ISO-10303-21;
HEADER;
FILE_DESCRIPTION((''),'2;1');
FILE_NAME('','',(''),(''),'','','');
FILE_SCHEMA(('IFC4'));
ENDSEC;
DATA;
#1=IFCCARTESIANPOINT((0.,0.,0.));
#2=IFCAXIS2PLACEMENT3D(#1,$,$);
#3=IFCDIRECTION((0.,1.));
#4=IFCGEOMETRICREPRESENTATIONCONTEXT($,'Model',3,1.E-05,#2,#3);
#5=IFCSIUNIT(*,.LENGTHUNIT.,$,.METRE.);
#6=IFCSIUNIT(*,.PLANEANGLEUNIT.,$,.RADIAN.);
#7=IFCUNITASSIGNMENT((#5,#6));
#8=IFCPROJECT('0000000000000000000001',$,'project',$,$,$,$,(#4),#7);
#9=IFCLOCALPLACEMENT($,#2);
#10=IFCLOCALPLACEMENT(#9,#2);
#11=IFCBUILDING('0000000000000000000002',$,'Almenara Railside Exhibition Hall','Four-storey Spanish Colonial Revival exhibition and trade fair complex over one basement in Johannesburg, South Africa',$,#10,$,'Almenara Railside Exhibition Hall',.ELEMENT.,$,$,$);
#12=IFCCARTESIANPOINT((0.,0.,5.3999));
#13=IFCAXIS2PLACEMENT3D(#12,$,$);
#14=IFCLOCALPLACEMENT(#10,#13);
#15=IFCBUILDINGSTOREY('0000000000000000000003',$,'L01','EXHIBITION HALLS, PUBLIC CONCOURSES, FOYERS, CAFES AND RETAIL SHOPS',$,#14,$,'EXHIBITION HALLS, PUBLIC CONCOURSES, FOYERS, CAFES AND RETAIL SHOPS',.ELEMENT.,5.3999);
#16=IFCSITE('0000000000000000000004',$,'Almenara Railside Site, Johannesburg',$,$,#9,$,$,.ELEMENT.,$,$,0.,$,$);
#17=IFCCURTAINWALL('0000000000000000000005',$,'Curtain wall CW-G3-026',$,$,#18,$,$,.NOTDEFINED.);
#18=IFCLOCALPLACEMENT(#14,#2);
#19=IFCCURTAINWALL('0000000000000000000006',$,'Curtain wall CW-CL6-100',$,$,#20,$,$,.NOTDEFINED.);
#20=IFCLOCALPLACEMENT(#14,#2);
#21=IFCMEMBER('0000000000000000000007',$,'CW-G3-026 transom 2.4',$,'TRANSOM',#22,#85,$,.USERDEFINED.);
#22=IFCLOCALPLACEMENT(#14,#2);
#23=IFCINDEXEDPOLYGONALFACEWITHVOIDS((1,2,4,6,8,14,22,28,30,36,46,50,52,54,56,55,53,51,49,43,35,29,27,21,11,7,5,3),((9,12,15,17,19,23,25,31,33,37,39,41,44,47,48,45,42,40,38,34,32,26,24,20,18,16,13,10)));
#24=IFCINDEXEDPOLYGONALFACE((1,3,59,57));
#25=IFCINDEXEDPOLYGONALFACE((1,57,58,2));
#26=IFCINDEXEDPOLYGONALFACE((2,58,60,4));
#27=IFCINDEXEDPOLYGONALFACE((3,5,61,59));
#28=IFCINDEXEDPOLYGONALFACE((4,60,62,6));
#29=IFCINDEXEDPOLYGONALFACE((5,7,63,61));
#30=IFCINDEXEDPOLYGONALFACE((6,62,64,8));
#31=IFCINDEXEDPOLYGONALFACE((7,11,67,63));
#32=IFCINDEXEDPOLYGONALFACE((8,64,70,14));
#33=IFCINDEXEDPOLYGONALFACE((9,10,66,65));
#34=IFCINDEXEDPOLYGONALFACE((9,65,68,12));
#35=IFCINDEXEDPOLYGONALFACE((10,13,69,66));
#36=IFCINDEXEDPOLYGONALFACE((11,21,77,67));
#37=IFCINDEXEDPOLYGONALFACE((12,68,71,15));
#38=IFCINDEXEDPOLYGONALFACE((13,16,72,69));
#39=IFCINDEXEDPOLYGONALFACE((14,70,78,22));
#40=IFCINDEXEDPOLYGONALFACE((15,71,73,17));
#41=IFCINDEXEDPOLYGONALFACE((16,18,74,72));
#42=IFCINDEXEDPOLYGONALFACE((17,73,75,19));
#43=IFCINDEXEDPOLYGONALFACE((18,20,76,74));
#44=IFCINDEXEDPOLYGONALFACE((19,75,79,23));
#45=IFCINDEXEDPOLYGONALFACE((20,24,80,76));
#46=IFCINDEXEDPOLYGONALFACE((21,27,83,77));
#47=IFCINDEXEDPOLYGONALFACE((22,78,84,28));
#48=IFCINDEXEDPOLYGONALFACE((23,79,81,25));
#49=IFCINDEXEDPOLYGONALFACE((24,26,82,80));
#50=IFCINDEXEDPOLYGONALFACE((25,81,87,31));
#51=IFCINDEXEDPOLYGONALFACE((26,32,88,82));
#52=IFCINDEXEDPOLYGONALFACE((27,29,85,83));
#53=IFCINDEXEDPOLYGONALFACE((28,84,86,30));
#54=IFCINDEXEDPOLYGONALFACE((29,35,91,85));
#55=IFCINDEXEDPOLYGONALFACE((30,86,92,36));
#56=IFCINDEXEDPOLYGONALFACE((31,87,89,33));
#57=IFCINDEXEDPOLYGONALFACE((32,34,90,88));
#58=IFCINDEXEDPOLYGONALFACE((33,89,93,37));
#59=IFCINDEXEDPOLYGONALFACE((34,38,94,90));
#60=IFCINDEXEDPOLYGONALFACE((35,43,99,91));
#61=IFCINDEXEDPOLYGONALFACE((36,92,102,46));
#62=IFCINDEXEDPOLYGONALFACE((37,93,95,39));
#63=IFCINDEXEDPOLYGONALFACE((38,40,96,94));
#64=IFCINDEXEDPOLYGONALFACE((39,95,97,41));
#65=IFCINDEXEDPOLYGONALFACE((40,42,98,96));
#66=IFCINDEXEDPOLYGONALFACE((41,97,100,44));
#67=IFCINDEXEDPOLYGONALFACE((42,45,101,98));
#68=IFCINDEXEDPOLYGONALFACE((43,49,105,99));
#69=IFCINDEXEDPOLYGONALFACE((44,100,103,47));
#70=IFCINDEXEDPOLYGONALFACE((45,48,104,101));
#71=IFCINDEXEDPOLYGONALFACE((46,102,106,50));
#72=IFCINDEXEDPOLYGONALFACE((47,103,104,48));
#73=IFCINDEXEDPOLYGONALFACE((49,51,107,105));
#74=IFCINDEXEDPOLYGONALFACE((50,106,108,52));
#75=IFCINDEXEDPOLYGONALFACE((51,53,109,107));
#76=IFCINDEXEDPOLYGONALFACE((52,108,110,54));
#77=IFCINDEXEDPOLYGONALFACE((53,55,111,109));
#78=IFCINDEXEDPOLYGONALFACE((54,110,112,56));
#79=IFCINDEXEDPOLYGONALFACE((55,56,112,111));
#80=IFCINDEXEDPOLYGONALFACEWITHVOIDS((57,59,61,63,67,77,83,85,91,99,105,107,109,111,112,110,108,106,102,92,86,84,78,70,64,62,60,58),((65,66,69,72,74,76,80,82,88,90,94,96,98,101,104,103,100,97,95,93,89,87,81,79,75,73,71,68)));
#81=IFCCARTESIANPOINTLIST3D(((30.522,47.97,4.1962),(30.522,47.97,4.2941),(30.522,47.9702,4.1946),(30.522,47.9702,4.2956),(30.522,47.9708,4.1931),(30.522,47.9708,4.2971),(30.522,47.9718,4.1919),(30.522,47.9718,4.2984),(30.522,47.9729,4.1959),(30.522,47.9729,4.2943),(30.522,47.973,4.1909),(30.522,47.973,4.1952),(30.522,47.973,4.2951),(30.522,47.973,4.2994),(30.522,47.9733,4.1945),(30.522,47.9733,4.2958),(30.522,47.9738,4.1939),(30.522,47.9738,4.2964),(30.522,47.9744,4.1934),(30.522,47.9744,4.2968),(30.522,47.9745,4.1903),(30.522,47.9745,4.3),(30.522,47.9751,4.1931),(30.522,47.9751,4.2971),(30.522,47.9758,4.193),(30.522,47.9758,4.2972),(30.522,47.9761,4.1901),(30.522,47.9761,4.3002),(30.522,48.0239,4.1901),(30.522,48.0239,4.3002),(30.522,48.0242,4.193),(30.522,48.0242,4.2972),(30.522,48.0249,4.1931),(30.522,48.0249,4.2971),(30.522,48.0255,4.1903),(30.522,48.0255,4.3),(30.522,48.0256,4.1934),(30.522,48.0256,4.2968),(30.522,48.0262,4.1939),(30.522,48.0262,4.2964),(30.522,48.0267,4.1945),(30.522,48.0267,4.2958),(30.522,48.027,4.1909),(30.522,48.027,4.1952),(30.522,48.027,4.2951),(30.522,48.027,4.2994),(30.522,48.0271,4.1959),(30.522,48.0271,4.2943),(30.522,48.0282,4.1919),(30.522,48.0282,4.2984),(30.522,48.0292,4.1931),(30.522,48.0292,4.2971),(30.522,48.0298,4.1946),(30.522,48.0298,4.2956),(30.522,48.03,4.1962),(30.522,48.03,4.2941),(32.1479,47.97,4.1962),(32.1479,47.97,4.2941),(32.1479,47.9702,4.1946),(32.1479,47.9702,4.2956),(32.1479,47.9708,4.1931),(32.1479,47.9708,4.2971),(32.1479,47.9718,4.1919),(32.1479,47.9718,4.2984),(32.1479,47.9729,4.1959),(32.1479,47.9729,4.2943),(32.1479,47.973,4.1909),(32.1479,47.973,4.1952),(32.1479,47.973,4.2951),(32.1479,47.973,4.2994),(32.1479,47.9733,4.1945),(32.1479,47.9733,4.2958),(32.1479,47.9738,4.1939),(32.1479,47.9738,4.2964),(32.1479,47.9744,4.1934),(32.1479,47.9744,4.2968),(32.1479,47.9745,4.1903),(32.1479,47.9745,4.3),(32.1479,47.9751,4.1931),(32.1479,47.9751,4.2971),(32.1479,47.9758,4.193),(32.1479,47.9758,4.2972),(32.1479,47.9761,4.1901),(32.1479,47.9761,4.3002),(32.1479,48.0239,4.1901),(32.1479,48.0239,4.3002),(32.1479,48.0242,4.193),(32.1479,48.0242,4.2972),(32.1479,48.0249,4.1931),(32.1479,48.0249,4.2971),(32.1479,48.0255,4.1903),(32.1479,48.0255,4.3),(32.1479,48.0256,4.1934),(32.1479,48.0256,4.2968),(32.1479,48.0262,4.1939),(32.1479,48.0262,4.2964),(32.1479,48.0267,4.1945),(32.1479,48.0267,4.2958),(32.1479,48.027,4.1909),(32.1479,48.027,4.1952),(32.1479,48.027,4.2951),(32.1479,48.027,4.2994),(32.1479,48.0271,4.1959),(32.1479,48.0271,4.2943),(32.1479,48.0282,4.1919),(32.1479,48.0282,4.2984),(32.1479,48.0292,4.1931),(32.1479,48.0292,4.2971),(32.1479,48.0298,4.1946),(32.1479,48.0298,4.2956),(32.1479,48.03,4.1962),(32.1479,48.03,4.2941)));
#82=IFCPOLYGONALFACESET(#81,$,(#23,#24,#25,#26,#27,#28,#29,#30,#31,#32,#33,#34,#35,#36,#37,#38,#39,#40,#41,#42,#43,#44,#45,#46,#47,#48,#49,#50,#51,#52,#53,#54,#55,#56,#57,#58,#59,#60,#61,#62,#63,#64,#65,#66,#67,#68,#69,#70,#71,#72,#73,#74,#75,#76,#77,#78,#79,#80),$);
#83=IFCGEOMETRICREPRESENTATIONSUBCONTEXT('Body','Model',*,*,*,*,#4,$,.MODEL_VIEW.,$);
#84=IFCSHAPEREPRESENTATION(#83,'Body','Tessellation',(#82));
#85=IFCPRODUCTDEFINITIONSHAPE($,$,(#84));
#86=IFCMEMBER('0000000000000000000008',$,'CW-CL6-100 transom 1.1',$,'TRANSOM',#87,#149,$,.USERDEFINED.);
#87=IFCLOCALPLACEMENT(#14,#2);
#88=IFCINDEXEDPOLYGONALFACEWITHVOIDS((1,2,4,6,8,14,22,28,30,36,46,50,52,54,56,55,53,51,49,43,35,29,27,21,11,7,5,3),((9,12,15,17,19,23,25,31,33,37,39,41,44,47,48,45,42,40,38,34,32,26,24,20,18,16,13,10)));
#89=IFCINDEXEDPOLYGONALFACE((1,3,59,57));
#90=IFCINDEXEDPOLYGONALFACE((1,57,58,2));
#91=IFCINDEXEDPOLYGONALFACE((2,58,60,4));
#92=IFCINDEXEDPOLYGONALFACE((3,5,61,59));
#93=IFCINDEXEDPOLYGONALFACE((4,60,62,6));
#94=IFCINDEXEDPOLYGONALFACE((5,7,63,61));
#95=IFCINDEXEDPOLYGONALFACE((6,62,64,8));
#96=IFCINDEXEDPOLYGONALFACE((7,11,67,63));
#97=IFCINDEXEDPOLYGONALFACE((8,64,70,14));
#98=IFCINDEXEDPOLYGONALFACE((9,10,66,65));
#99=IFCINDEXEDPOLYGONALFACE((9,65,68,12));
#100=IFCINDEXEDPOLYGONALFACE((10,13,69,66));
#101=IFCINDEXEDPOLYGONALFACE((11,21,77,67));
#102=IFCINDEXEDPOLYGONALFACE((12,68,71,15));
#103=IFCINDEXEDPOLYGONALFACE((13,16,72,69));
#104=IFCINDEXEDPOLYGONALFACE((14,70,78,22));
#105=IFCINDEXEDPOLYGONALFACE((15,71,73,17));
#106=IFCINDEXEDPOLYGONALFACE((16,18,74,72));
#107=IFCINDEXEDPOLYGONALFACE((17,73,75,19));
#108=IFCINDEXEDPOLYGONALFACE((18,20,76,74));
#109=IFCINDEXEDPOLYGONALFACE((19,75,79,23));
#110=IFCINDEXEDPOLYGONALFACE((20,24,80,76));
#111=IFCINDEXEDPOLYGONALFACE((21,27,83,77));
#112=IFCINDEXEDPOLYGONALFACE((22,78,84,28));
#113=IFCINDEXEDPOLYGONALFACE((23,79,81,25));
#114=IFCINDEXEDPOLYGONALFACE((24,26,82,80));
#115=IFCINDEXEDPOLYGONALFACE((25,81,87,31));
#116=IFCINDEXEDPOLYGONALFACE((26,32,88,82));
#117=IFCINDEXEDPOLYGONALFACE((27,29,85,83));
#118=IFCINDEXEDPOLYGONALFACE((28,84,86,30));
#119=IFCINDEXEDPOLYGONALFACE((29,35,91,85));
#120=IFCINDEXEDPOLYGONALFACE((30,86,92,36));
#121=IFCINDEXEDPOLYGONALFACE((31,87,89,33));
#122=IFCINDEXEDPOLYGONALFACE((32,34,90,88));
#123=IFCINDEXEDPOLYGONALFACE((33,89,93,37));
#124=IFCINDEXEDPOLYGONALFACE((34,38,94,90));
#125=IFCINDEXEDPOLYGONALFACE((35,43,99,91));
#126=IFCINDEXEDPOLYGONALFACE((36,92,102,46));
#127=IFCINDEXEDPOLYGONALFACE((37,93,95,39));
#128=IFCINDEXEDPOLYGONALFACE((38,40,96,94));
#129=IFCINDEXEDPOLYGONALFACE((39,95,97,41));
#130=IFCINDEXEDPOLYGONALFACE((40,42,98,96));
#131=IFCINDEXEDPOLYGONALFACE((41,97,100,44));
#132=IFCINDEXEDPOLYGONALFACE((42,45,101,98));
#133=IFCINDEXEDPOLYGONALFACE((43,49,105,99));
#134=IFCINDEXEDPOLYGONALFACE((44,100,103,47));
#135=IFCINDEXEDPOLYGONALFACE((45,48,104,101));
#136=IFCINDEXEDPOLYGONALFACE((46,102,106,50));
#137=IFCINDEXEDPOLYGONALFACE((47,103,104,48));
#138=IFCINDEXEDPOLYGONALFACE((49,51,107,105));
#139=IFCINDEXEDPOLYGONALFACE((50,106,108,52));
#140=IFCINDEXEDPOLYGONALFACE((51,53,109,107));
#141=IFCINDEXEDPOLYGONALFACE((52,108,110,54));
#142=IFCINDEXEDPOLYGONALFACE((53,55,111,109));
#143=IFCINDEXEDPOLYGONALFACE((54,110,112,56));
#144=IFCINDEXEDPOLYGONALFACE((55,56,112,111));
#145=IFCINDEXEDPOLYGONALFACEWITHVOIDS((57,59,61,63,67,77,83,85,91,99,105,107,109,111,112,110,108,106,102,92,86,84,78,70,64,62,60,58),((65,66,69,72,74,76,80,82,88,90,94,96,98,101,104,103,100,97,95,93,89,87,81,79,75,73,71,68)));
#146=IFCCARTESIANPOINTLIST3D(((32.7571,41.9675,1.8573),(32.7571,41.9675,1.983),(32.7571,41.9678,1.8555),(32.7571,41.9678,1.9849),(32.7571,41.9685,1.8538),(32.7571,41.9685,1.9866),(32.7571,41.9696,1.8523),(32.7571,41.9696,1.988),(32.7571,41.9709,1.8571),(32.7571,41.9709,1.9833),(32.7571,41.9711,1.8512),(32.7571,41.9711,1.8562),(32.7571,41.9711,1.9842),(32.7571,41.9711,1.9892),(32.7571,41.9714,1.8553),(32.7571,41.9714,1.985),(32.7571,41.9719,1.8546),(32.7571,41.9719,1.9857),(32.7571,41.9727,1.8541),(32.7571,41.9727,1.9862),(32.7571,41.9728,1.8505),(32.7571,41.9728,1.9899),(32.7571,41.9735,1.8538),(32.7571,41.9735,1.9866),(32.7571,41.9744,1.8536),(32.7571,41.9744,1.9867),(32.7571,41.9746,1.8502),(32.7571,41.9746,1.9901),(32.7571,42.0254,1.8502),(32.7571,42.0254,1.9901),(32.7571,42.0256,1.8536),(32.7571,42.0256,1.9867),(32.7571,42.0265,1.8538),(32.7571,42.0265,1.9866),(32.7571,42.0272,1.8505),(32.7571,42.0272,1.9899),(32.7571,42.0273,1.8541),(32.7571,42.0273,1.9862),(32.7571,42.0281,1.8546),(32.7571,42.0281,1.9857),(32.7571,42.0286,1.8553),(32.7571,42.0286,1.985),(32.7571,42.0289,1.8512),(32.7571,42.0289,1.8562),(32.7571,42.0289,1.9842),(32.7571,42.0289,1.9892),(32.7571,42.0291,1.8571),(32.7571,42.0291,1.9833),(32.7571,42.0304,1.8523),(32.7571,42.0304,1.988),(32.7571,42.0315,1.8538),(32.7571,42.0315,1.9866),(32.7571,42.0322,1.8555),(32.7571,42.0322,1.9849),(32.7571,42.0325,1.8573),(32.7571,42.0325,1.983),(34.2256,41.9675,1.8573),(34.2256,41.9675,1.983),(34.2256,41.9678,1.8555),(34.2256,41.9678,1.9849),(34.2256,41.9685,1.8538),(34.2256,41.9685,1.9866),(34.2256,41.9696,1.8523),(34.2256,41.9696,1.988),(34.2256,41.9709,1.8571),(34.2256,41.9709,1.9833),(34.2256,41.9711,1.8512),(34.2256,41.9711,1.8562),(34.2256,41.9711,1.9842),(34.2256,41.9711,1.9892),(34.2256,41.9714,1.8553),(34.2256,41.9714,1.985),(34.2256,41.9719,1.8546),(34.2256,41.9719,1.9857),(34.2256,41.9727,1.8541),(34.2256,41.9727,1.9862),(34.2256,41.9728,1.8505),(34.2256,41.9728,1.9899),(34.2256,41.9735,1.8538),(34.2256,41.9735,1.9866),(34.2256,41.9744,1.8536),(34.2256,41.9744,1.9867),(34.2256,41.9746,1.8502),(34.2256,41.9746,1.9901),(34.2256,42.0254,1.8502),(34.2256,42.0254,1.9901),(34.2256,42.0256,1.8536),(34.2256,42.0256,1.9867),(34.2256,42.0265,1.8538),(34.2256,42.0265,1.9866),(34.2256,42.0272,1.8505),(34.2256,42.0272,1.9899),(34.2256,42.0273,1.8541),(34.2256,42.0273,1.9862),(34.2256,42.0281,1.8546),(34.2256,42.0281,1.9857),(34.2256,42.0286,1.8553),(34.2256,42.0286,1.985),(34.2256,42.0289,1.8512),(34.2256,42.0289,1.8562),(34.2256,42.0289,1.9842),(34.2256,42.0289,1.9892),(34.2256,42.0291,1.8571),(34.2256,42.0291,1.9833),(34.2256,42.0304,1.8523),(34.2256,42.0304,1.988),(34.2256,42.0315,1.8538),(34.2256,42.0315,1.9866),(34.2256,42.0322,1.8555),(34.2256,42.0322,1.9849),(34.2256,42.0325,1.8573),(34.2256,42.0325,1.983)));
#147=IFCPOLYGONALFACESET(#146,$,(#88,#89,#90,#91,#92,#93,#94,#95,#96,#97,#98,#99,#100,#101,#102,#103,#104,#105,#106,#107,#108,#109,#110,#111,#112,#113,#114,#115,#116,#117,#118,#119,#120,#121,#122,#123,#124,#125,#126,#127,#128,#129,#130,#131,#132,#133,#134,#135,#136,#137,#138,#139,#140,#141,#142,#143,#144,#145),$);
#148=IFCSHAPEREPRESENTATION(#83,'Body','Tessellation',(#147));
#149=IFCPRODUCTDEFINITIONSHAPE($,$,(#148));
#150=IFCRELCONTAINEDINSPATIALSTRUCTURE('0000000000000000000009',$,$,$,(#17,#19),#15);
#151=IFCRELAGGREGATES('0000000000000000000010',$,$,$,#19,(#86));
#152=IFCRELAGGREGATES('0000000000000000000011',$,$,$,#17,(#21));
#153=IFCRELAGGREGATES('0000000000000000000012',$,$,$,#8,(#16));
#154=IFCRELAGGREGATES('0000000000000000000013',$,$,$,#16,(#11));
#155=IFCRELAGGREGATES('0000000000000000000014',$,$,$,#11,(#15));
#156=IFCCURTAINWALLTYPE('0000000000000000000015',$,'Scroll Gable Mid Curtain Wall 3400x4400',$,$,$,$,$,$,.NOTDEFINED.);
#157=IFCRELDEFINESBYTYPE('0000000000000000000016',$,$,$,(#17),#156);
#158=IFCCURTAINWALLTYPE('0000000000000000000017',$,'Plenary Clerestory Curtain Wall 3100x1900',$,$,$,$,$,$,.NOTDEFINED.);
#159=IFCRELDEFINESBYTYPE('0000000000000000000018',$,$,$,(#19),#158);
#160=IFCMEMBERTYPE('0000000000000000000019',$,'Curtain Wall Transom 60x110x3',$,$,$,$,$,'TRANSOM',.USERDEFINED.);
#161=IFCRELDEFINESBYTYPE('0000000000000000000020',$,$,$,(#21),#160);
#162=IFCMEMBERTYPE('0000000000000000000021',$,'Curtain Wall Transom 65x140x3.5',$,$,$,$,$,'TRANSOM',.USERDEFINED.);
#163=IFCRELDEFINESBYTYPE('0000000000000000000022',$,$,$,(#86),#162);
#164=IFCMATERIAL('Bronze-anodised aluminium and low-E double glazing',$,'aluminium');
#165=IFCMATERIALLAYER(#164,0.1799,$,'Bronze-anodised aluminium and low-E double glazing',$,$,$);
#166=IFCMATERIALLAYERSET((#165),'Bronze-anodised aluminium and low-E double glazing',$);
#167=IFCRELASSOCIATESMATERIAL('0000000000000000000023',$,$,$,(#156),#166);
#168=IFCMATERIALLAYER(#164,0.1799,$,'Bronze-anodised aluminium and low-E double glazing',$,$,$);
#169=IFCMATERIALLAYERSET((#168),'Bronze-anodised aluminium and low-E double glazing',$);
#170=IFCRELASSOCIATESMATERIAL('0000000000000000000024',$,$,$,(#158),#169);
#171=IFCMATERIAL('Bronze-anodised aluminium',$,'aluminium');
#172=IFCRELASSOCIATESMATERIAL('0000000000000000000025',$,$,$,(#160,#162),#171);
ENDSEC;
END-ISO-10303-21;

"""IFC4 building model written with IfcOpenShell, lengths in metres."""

from ifc_helpers import new_model, si_unit, direction, frame, origin, origin_2d, place, context, subcontext, project, spatial, hollow_rectangle, extrude, material, layer, layer_set, material_profile, profile_set, type_object, element, aggregate, save


model = new_model("IFC4")

# Units and contexts
model_context = context("Model", 3, precision=1e-05, world=origin(), true_north=direction((0.0, 1.0)))
body_context = subcontext(model_context, "Body", "Model", "MODEL_VIEW")
ifc_project = project(units=[si_unit("LENGTHUNIT", "METRE"), si_unit("PLANEANGLEUNIT", "RADIAN")], contexts=[model_context])

# Site, building, storey
site_placement = place(None, origin())
site = spatial("IfcSite", under=ifc_project, at=site_placement, Name="Almenara Railside Site, Johannesburg", CompositionType="ELEMENT", RefElevation=0.0)
building_placement = place(site_placement, origin())
building = spatial("IfcBuilding", under=site, at=building_placement, Name="Almenara Railside Exhibition Hall", Description="Four-storey Spanish Colonial Revival exhibition and trade fair complex over one basement in Johannesburg, South Africa", LongName="Almenara Railside Exhibition Hall", CompositionType="ELEMENT")
storey_placement = place(building_placement, frame((0.0, 0.0, 5.3999)))
storey = spatial("IfcBuildingStorey", under=building, at=storey_placement, Name="L01", Description="EXHIBITION HALLS, PUBLIC CONCOURSES, FOYERS, CAFES AND RETAIL SHOPS", LongName="EXHIBITION HALLS, PUBLIC CONCOURSES, FOYERS, CAFES AND RETAIL SHOPS", CompositionType="ELEMENT", Elevation=5.3999)

# Shared definitions
ifc_material_1 = material(Name="Bronze-anodised aluminium and low-E double glazing", Category="aluminium")
ifc_layer_1 = layer(ifc_material_1, 0.1799, Name="Bronze-anodised aluminium and low-E double glazing")
ifc_layer_set_1 = layer_set([ifc_layer_1], Name="Bronze-anodised aluminium and low-E double glazing")
curtain_wall_type_1 = type_object("IfcCurtainWallType", Name="Scroll Gable Mid Curtain Wall 3400x4400", PredefinedType="NOTDEFINED", material=ifc_layer_set_1)
ifc_material_2 = material(Name="Bronze-anodised aluminium", Category="aluminium")

# Curtain walls
curtain_wall_1_placement = place(storey_placement, origin())
curtain_wall_1 = element("IfcCurtainWall", 1, at=curtain_wall_1_placement, inside=storey, type_object=curtain_wall_type_1, Name="Curtain wall CW-G3-026", PredefinedType="NOTDEFINED")
ifc_layer_2 = layer(ifc_material_1, 0.1799, Name="Bronze-anodised aluminium and low-E double glazing")
ifc_layer_set_2 = layer_set([ifc_layer_2], Name="Bronze-anodised aluminium and low-E double glazing")
curtain_wall_type_2 = type_object("IfcCurtainWallType", Name="Plenary Clerestory Curtain Wall 3100x1900", PredefinedType="NOTDEFINED", material=ifc_layer_set_2)
curtain_wall_2_placement = place(storey_placement, origin())
curtain_wall_2 = element("IfcCurtainWall", 2, at=curtain_wall_2_placement, inside=storey, type_object=curtain_wall_type_2, Name="Curtain wall CW-CL6-100", PredefinedType="NOTDEFINED")

# Members
ifc_material_profile_1 = material_profile(ifc_material_2, hollow_rectangle(XDim=0.0601, YDim=0.1101, WallThickness=0.0029, InnerFilletRadius=0.0029, OuterFilletRadius=0.0061, at=origin_2d()), Name="ALU-TRN 60x110x3")
ifc_profile_set_1 = profile_set([ifc_material_profile_1], Name="Bronze-anodised aluminium")
member_type_1 = type_object("IfcMemberType", Name="Curtain Wall Transom 60x110x3", ElementType="TRANSOM", PredefinedType="USERDEFINED", material=ifc_profile_set_1)
member_1_placement = place(storey_placement, frame((30.522, 48.0, 4.2451), z_axis=(1.0, 0.0, 0.0), x_axis=(0.0, 1.0, 0.0)))
member_1 = element("IfcMember", 3, at=member_1_placement, type_object=member_type_1, Name="CW-G3-026 transom 2.4", ObjectType="TRANSOM", PredefinedType="USERDEFINED", context=body_context, shape_type="SweptSolid", body=[
    extrude(hollow_rectangle(XDim=0.0601, YDim=0.1101, WallThickness=0.0029, InnerFilletRadius=0.0029, OuterFilletRadius=0.0061, at=origin_2d()), origin(), (0.0, 0.0, 1.0), 1.626),
])
ifc_material_profile_2 = material_profile(ifc_material_2, hollow_rectangle(XDim=0.0649, YDim=0.1399, WallThickness=0.0034, InnerFilletRadius=0.0034, OuterFilletRadius=0.0071, at=origin_2d()), Name="ALU-TRN 65x140x3.5")
ifc_profile_set_2 = profile_set([ifc_material_profile_2], Name="Bronze-anodised aluminium")
member_type_2 = type_object("IfcMemberType", Name="Curtain Wall Transom 65x140x3.5", ElementType="TRANSOM", PredefinedType="USERDEFINED", material=ifc_profile_set_2)
member_2_placement = place(storey_placement, frame((32.7571, 42.0, 1.9202), z_axis=(1.0, 0.0, 0.0), x_axis=(0.0, 1.0, 0.0)))
member_2 = element("IfcMember", 4, at=member_2_placement, type_object=member_type_2, Name="CW-CL6-100 transom 1.1", ObjectType="TRANSOM", PredefinedType="USERDEFINED", context=body_context, shape_type="SweptSolid", body=[
    extrude(hollow_rectangle(XDim=0.0649, YDim=0.1399, WallThickness=0.0034, InnerFilletRadius=0.0034, OuterFilletRadius=0.0071, at=origin_2d()), origin(), (0.0, 0.0, 1.0), 1.4685),
])

aggregate(curtain_wall_2, [member_2])
aggregate(curtain_wall_1, [member_1])

save(model, "model.ifc")
